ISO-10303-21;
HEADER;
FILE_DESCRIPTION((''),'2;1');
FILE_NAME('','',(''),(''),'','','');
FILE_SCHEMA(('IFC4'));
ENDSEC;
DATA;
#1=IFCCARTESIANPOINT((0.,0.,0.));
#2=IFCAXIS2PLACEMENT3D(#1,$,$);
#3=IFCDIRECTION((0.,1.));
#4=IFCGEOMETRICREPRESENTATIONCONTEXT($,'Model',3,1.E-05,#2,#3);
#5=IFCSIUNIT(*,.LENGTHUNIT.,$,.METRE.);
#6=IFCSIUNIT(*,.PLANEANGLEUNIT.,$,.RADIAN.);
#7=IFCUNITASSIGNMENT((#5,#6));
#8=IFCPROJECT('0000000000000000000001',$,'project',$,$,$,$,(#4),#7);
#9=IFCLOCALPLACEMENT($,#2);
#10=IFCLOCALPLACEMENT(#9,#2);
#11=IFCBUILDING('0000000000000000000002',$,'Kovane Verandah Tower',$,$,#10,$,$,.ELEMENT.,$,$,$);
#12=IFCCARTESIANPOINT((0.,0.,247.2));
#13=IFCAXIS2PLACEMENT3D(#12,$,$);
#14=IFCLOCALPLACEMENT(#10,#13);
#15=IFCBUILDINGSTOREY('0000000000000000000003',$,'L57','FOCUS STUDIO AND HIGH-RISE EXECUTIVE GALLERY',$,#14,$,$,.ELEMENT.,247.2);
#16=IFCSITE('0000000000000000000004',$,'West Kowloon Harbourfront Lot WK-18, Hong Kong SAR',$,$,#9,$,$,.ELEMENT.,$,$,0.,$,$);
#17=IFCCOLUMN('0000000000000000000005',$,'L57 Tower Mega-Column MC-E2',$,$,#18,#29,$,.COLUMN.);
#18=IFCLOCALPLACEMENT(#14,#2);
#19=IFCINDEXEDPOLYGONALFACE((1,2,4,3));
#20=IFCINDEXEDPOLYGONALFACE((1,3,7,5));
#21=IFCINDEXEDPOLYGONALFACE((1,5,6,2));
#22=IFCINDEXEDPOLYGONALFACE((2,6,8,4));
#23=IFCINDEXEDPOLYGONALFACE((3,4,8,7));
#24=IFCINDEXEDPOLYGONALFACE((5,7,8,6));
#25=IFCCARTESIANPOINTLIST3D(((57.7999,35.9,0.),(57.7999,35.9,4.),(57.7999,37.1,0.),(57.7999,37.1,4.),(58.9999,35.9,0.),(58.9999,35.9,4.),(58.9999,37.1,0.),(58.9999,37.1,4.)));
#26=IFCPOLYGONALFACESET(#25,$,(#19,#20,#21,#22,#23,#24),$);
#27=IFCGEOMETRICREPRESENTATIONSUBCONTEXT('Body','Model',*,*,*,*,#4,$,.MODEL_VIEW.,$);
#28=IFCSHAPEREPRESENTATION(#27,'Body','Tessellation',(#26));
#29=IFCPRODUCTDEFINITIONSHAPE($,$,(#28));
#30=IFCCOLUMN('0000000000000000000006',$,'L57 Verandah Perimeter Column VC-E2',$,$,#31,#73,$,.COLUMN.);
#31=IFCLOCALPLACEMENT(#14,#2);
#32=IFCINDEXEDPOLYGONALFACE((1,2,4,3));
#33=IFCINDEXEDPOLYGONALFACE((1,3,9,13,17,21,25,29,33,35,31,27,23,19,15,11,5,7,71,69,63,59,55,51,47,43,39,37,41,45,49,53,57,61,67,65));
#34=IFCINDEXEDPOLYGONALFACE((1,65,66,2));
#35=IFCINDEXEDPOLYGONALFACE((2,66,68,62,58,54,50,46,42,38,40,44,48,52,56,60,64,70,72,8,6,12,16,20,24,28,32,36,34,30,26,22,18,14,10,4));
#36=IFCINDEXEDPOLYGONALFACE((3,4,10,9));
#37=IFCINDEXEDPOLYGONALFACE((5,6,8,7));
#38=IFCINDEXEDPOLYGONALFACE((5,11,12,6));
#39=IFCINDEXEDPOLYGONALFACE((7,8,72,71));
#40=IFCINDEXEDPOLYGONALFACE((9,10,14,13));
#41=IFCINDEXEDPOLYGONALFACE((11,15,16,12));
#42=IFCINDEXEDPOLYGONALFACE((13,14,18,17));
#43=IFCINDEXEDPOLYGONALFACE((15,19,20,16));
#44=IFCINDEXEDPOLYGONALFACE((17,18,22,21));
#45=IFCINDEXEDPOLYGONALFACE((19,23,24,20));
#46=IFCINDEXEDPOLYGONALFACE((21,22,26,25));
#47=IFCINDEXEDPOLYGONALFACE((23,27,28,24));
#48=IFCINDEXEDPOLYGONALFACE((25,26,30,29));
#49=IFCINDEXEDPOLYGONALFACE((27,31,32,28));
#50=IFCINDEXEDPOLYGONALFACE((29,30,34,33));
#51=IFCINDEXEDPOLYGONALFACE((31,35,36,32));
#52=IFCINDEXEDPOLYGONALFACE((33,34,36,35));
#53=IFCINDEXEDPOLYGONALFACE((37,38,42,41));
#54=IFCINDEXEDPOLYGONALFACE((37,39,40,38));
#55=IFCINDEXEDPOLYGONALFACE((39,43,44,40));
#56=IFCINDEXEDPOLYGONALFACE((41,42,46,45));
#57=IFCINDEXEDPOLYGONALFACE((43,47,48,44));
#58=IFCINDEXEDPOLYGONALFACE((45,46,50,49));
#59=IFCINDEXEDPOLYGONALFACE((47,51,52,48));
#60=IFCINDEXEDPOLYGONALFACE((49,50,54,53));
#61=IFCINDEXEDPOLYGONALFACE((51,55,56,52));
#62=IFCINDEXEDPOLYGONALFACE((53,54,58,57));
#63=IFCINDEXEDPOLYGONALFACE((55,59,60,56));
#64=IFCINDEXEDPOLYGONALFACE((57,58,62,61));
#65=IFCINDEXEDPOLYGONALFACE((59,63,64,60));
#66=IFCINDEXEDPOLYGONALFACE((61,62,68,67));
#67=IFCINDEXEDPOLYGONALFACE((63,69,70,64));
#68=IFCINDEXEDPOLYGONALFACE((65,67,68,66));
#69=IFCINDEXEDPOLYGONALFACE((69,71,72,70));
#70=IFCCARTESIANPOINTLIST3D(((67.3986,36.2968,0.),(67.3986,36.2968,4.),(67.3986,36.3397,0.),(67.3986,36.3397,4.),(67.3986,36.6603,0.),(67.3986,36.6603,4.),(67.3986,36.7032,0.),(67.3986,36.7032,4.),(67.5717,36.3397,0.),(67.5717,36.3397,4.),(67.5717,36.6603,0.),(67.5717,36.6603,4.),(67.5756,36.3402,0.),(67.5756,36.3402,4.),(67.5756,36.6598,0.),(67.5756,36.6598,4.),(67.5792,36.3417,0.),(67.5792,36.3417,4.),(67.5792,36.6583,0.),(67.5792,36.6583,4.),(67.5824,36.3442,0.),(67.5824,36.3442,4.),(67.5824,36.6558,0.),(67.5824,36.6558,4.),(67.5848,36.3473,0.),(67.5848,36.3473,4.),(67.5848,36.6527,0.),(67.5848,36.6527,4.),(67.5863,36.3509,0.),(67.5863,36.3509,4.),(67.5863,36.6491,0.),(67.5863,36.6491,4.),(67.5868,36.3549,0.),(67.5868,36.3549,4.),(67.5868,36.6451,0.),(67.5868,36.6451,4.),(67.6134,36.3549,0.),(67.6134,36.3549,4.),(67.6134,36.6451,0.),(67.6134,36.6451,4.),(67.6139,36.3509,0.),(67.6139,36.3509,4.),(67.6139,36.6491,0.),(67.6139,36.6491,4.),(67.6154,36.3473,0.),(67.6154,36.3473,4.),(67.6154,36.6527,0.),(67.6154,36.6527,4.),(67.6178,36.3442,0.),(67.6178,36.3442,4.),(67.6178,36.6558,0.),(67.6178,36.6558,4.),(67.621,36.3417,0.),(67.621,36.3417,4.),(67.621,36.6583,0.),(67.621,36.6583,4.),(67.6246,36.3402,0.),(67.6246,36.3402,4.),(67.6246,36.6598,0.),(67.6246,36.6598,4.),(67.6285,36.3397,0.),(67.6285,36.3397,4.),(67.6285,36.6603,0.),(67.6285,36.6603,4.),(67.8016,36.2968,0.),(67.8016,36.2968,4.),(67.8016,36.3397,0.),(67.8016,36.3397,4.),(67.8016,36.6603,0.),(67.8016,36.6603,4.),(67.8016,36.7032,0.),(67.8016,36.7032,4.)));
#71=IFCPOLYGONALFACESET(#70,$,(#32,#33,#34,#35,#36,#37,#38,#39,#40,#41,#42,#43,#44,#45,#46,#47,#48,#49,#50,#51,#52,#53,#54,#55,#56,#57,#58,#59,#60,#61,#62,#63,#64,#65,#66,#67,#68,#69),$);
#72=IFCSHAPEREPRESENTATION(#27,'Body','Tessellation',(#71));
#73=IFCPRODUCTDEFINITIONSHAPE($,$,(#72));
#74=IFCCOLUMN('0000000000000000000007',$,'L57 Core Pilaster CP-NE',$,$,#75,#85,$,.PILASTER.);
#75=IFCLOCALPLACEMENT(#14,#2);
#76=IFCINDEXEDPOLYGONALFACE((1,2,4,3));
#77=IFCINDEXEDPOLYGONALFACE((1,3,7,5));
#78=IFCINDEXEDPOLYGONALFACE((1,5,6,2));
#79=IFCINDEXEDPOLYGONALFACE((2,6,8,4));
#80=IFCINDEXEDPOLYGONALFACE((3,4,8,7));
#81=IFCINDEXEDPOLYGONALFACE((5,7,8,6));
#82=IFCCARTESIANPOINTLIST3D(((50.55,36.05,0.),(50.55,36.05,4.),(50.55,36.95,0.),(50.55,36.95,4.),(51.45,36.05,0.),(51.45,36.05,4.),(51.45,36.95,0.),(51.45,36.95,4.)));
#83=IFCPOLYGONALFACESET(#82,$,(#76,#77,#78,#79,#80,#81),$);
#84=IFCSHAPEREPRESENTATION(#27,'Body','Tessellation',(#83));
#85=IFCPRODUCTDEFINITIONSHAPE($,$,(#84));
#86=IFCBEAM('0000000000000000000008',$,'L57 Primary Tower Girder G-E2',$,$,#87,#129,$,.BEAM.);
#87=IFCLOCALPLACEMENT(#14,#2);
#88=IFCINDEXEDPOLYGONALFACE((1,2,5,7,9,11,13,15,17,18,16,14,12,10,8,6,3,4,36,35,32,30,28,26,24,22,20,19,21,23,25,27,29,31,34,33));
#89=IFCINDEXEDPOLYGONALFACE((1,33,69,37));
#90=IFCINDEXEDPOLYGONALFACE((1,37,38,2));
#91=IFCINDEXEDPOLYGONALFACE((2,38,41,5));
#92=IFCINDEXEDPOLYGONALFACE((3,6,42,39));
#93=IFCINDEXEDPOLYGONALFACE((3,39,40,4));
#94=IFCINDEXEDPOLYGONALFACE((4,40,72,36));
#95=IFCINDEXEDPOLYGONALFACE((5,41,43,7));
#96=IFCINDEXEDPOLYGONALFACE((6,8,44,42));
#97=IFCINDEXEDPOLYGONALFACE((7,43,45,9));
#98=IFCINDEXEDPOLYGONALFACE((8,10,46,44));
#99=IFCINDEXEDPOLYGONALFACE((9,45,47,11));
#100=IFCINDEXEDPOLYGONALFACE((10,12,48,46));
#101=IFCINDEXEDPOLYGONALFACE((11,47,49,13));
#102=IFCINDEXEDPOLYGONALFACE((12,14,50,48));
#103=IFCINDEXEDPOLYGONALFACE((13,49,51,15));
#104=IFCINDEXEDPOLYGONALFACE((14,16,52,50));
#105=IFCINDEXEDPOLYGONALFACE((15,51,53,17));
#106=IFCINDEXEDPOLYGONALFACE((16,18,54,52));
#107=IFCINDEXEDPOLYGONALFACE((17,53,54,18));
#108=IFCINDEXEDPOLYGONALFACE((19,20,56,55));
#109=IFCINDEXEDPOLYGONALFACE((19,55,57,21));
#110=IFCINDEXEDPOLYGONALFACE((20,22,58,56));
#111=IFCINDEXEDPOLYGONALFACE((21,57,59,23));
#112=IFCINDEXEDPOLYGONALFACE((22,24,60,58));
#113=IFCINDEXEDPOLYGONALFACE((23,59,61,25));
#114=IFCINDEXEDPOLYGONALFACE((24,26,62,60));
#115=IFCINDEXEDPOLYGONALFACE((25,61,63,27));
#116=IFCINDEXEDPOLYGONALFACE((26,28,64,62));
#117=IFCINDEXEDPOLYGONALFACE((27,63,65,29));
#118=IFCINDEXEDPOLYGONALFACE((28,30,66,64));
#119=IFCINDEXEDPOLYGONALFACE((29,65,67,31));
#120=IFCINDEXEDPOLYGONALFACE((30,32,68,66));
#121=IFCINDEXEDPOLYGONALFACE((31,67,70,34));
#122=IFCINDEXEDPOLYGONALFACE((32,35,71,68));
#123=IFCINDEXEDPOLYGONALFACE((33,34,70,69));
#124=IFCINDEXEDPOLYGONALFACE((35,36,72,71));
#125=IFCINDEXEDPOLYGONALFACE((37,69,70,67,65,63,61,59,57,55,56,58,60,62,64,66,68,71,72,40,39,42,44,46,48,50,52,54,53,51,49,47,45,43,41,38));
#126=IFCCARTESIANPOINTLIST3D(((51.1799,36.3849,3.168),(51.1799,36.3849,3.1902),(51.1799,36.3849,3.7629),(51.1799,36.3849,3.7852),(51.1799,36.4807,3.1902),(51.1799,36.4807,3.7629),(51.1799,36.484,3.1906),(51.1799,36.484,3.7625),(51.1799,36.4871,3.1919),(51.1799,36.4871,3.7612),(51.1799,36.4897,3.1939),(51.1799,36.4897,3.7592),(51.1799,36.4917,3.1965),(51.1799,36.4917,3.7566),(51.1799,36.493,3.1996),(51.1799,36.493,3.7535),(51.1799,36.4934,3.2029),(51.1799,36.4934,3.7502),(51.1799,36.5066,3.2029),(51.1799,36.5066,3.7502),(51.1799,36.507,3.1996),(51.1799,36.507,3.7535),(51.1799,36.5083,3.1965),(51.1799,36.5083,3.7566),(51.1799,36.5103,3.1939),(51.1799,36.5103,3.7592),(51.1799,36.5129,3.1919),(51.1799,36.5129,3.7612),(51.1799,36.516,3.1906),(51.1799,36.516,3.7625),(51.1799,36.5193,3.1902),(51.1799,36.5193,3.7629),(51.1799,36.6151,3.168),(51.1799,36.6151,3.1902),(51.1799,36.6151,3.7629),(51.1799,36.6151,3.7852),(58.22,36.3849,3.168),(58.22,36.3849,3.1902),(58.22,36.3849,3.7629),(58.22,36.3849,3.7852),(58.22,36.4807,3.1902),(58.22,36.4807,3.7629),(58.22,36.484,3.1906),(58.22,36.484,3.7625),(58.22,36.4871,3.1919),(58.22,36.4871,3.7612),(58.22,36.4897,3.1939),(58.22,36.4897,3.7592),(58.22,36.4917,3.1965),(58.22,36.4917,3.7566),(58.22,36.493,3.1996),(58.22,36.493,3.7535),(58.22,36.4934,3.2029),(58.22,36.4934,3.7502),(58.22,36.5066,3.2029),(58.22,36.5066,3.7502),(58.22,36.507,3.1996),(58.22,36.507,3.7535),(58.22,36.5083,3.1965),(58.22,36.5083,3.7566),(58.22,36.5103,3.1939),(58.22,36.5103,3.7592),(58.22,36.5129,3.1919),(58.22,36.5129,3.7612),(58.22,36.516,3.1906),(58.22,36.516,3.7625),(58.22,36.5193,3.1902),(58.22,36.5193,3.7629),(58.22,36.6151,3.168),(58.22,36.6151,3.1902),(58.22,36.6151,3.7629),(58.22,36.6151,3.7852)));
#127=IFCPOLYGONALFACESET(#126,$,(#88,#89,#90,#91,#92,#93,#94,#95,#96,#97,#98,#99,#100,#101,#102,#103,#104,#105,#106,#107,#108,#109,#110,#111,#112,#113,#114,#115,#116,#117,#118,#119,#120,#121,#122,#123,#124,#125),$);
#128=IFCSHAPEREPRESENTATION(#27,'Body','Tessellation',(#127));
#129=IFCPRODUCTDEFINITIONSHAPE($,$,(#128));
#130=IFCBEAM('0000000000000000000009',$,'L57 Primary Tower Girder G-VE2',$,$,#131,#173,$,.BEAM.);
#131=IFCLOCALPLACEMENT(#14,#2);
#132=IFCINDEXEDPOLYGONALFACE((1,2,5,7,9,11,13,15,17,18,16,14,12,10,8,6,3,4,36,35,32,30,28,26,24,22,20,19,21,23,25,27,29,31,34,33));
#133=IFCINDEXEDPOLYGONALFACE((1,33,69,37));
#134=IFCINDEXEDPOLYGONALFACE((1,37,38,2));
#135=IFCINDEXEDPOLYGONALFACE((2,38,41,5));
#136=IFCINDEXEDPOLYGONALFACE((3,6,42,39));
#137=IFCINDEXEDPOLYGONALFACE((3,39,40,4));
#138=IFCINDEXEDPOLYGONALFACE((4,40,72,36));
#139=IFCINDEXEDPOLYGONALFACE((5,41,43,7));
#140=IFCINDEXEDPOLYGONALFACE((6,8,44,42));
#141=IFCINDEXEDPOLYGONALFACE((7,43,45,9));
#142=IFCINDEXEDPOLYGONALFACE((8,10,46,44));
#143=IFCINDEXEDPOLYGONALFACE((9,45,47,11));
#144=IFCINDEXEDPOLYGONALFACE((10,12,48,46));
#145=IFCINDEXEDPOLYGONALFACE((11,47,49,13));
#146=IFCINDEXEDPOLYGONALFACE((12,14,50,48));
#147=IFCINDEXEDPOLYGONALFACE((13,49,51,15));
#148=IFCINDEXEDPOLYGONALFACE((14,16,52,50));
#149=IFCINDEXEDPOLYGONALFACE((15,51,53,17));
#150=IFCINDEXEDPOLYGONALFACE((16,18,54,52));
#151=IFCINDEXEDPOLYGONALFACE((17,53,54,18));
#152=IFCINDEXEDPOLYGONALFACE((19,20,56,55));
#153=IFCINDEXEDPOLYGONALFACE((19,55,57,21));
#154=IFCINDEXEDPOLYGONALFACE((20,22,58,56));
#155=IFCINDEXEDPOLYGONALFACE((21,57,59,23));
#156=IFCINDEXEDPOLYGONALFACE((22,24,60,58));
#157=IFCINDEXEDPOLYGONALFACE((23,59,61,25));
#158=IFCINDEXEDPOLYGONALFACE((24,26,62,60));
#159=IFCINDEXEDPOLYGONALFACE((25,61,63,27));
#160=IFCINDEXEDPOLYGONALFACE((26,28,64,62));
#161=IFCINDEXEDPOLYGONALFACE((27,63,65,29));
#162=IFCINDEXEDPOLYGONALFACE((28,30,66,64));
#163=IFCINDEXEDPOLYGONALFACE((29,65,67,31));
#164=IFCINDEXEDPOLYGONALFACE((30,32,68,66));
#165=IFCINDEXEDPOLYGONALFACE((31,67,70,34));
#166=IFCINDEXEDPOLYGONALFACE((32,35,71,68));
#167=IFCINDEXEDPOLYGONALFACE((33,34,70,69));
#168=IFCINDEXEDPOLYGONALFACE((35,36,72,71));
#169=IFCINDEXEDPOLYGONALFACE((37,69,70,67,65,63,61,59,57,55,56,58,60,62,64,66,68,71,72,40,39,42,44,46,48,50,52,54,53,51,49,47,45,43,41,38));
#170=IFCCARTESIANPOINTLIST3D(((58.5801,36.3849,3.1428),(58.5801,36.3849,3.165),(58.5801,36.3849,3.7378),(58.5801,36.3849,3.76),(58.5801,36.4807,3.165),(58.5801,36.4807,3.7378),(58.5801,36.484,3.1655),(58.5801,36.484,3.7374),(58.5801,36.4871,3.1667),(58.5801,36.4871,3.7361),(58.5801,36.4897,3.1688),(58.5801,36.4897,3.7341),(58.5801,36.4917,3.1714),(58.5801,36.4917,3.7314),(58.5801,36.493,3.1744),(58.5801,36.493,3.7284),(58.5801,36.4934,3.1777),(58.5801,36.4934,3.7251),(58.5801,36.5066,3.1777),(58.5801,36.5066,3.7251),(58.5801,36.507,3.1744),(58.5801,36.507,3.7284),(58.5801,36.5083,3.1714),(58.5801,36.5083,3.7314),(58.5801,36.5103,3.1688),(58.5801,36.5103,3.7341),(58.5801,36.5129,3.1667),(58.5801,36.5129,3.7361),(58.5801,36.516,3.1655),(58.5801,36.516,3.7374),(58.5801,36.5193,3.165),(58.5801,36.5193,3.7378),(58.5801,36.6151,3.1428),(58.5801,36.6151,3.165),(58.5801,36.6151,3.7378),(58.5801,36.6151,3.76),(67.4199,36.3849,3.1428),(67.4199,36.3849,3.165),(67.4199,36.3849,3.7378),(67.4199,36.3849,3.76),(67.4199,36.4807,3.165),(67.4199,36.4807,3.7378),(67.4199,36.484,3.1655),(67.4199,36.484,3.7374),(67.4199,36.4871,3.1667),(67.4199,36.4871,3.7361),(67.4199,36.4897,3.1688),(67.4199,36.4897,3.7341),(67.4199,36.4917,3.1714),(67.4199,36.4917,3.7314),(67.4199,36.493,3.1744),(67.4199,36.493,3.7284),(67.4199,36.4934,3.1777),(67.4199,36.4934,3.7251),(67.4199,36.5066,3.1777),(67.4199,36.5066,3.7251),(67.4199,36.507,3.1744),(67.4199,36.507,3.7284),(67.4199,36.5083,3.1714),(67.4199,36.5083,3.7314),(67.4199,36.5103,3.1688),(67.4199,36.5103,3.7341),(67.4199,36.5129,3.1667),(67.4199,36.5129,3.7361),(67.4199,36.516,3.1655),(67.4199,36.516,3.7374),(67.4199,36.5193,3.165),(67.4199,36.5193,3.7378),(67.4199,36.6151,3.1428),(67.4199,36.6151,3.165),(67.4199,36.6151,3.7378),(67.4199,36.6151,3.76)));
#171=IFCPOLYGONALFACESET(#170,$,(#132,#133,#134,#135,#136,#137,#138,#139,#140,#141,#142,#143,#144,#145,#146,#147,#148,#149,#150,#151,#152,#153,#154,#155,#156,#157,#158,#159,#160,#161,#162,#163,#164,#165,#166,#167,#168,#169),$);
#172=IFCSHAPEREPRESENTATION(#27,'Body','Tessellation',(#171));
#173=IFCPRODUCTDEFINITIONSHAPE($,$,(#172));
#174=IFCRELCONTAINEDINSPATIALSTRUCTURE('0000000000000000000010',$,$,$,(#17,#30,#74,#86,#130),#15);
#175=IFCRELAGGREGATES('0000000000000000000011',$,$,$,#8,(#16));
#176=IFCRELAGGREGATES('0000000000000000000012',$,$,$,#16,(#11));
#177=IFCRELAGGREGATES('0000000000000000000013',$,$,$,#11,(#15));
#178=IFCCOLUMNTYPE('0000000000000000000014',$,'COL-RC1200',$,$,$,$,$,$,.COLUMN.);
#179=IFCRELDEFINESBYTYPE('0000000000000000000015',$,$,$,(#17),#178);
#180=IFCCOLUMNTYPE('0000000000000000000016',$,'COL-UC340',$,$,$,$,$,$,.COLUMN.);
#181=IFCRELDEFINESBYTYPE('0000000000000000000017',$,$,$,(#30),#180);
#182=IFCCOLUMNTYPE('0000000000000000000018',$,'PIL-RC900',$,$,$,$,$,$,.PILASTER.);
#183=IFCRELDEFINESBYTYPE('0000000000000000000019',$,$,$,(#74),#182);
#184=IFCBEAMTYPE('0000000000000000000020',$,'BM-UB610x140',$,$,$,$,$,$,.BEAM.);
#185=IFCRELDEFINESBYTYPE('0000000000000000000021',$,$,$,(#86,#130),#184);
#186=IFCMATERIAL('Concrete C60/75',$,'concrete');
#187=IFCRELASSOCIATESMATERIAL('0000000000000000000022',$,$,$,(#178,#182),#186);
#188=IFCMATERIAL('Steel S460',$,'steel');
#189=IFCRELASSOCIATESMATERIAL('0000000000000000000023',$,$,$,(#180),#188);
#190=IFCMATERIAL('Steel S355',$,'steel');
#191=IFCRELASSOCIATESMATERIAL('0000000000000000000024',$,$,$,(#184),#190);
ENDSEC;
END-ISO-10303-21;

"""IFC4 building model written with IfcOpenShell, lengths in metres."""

from ifc_helpers import new_model, si_unit, direction, frame, origin, origin_2d, place, context, subcontext, project, spatial, rectangle, i_section, extrude, material, material_profile, profile_set, type_object, element, save


model = new_model("IFC4")

# Units and contexts
model_context = context("Model", 3, precision=1e-05, world=origin(), true_north=direction((0.0, 1.0)))
body_context = subcontext(model_context, "Body", "Model", "MODEL_VIEW")
ifc_project = project(units=[si_unit("LENGTHUNIT", "METRE"), si_unit("PLANEANGLEUNIT", "RADIAN")], contexts=[model_context])

# Site, building, storey
site_placement = place(None, origin())
site = spatial("IfcSite", under=ifc_project, at=site_placement, Name="West Kowloon Harbourfront Lot WK-18, Hong Kong SAR", CompositionType="ELEMENT", RefElevation=0.0)
building_placement = place(site_placement, origin())
building = spatial("IfcBuilding", under=site, at=building_placement, Name="Kovane Verandah Tower", CompositionType="ELEMENT")
storey_placement = place(building_placement, frame((0.0, 0.0, 247.2)))
storey = spatial("IfcBuildingStorey", under=building, at=storey_placement, Name="L57", Description="FOCUS STUDIO AND HIGH-RISE EXECUTIVE GALLERY", CompositionType="ELEMENT", Elevation=247.2)

# Columns
ifc_material_1 = material(Name="Concrete C60/75", Category="concrete")
ifc_material_profile_1 = material_profile(ifc_material_1, rectangle(XDim=1.2, YDim=1.2, at=origin_2d()), Name="RC1200x1200")
ifc_profile_set_1 = profile_set([ifc_material_profile_1], Name="Concrete C60/75")
column_type_1 = type_object("IfcColumnType", Name="COL-RC1200", PredefinedType="COLUMN", material=ifc_profile_set_1)
column_1_placement = place(storey_placement, frame((58.3999, 36.5, 0.0), z_axis=(0.0, 0.0, 1.0), x_axis=(1.0, 0.0, 0.0)))
element("IfcColumn", 1, at=column_1_placement, inside=storey, type_object=column_type_1, Name="L57 Tower Mega-Column MC-E2", PredefinedType="COLUMN", context=body_context, shape_type="SweptSolid", body=[
    extrude(rectangle(XDim=1.2, YDim=1.2, at=origin_2d()), origin(), (0.0, 0.0, 1.0), 4.0),
])
ifc_material_2 = material(Name="Steel S460", Category="steel")
ifc_material_profile_2 = material_profile(ifc_material_2, i_section(OverallWidth=0.4031, OverallDepth=0.4065, WebThickness=0.0266, FlangeThickness=0.043, FilletRadius=0.0151, at=origin_2d()), Name="UC356x406x340")
ifc_profile_set_2 = profile_set([ifc_material_profile_2], Name="Steel S460")
column_type_2 = type_object("IfcColumnType", Name="COL-UC340", PredefinedType="COLUMN", material=ifc_profile_set_2)
column_2_placement = place(storey_placement, frame((67.6001, 36.5, 0.0), z_axis=(0.0, 0.0, 1.0), x_axis=(1.0, 0.0, 0.0)))
element("IfcColumn", 2, at=column_2_placement, inside=storey, type_object=column_type_2, Name="L57 Verandah Perimeter Column VC-E2", PredefinedType="COLUMN", context=body_context, shape_type="SweptSolid", body=[
    extrude(i_section(OverallWidth=0.4031, OverallDepth=0.4065, WebThickness=0.0266, FlangeThickness=0.043, FilletRadius=0.0151, at=origin_2d()), origin(), (0.0, 0.0, 1.0), 4.0),
])
ifc_material_profile_3 = material_profile(ifc_material_1, rectangle(XDim=0.8999, YDim=0.8999, at=origin_2d()), Name="RC900x900")
ifc_profile_set_3 = profile_set([ifc_material_profile_3], Name="Concrete C60/75")
column_type_3 = type_object("IfcColumnType", Name="PIL-RC900", PredefinedType="PILASTER", material=ifc_profile_set_3)
column_3_placement = place(storey_placement, frame((51.0, 36.5, 0.0), z_axis=(0.0, 0.0, 1.0), x_axis=(1.0, 0.0, 0.0)))
element("IfcColumn", 3, at=column_3_placement, inside=storey, type_object=column_type_3, Name="L57 Core Pilaster CP-NE", PredefinedType="PILASTER", context=body_context, shape_type="SweptSolid", body=[
    extrude(rectangle(XDim=0.8999, YDim=0.8999, at=origin_2d()), origin(), (0.0, 0.0, 1.0), 4.0),
])

# Beams
ifc_material_3 = material(Name="Steel S355", Category="steel")
ifc_material_profile_4 = material_profile(ifc_material_3, i_section(OverallWidth=0.2302, OverallDepth=0.6172, WebThickness=0.0132, FlangeThickness=0.0222, FilletRadius=0.0127, at=origin_2d()), Name="UB610x229x140")
ifc_profile_set_4 = profile_set([ifc_material_profile_4], Name="Steel S355")
beam_type_1 = type_object("IfcBeamType", Name="BM-UB610x140", PredefinedType="BEAM", material=ifc_profile_set_4)
beam_1_placement = place(storey_placement, frame((51.1799, 36.5, 3.4766), z_axis=(1.0, 0.0, 0.0), x_axis=(0.0, 1.0, 0.0)))
element("IfcBeam", 4, at=beam_1_placement, inside=storey, type_object=beam_type_1, Name="L57 Primary Tower Girder G-E2", PredefinedType="BEAM", context=body_context, shape_type="SweptSolid", body=[
    extrude(i_section(OverallWidth=0.2302, OverallDepth=0.6172, WebThickness=0.0132, FlangeThickness=0.0222, FilletRadius=0.0127, at=origin_2d()), origin(), (0.0, 0.0, 1.0), 7.04),
])
beam_2_placement = place(storey_placement, frame((58.5801, 36.5, 3.4514), z_axis=(1.0, 0.0, 0.0), x_axis=(0.0, 1.0, 0.0)))
element("IfcBeam", 5, at=beam_2_placement, inside=storey, type_object=beam_type_1, Name="L57 Primary Tower Girder G-VE2", PredefinedType="BEAM", context=body_context, shape_type="SweptSolid", body=[
    extrude(i_section(OverallWidth=0.2302, OverallDepth=0.6172, WebThickness=0.0132, FlangeThickness=0.0222, FilletRadius=0.0127, at=origin_2d()), origin(), (0.0, 0.0, 1.0), 8.8398),
])

save(model, "model.ifc")
